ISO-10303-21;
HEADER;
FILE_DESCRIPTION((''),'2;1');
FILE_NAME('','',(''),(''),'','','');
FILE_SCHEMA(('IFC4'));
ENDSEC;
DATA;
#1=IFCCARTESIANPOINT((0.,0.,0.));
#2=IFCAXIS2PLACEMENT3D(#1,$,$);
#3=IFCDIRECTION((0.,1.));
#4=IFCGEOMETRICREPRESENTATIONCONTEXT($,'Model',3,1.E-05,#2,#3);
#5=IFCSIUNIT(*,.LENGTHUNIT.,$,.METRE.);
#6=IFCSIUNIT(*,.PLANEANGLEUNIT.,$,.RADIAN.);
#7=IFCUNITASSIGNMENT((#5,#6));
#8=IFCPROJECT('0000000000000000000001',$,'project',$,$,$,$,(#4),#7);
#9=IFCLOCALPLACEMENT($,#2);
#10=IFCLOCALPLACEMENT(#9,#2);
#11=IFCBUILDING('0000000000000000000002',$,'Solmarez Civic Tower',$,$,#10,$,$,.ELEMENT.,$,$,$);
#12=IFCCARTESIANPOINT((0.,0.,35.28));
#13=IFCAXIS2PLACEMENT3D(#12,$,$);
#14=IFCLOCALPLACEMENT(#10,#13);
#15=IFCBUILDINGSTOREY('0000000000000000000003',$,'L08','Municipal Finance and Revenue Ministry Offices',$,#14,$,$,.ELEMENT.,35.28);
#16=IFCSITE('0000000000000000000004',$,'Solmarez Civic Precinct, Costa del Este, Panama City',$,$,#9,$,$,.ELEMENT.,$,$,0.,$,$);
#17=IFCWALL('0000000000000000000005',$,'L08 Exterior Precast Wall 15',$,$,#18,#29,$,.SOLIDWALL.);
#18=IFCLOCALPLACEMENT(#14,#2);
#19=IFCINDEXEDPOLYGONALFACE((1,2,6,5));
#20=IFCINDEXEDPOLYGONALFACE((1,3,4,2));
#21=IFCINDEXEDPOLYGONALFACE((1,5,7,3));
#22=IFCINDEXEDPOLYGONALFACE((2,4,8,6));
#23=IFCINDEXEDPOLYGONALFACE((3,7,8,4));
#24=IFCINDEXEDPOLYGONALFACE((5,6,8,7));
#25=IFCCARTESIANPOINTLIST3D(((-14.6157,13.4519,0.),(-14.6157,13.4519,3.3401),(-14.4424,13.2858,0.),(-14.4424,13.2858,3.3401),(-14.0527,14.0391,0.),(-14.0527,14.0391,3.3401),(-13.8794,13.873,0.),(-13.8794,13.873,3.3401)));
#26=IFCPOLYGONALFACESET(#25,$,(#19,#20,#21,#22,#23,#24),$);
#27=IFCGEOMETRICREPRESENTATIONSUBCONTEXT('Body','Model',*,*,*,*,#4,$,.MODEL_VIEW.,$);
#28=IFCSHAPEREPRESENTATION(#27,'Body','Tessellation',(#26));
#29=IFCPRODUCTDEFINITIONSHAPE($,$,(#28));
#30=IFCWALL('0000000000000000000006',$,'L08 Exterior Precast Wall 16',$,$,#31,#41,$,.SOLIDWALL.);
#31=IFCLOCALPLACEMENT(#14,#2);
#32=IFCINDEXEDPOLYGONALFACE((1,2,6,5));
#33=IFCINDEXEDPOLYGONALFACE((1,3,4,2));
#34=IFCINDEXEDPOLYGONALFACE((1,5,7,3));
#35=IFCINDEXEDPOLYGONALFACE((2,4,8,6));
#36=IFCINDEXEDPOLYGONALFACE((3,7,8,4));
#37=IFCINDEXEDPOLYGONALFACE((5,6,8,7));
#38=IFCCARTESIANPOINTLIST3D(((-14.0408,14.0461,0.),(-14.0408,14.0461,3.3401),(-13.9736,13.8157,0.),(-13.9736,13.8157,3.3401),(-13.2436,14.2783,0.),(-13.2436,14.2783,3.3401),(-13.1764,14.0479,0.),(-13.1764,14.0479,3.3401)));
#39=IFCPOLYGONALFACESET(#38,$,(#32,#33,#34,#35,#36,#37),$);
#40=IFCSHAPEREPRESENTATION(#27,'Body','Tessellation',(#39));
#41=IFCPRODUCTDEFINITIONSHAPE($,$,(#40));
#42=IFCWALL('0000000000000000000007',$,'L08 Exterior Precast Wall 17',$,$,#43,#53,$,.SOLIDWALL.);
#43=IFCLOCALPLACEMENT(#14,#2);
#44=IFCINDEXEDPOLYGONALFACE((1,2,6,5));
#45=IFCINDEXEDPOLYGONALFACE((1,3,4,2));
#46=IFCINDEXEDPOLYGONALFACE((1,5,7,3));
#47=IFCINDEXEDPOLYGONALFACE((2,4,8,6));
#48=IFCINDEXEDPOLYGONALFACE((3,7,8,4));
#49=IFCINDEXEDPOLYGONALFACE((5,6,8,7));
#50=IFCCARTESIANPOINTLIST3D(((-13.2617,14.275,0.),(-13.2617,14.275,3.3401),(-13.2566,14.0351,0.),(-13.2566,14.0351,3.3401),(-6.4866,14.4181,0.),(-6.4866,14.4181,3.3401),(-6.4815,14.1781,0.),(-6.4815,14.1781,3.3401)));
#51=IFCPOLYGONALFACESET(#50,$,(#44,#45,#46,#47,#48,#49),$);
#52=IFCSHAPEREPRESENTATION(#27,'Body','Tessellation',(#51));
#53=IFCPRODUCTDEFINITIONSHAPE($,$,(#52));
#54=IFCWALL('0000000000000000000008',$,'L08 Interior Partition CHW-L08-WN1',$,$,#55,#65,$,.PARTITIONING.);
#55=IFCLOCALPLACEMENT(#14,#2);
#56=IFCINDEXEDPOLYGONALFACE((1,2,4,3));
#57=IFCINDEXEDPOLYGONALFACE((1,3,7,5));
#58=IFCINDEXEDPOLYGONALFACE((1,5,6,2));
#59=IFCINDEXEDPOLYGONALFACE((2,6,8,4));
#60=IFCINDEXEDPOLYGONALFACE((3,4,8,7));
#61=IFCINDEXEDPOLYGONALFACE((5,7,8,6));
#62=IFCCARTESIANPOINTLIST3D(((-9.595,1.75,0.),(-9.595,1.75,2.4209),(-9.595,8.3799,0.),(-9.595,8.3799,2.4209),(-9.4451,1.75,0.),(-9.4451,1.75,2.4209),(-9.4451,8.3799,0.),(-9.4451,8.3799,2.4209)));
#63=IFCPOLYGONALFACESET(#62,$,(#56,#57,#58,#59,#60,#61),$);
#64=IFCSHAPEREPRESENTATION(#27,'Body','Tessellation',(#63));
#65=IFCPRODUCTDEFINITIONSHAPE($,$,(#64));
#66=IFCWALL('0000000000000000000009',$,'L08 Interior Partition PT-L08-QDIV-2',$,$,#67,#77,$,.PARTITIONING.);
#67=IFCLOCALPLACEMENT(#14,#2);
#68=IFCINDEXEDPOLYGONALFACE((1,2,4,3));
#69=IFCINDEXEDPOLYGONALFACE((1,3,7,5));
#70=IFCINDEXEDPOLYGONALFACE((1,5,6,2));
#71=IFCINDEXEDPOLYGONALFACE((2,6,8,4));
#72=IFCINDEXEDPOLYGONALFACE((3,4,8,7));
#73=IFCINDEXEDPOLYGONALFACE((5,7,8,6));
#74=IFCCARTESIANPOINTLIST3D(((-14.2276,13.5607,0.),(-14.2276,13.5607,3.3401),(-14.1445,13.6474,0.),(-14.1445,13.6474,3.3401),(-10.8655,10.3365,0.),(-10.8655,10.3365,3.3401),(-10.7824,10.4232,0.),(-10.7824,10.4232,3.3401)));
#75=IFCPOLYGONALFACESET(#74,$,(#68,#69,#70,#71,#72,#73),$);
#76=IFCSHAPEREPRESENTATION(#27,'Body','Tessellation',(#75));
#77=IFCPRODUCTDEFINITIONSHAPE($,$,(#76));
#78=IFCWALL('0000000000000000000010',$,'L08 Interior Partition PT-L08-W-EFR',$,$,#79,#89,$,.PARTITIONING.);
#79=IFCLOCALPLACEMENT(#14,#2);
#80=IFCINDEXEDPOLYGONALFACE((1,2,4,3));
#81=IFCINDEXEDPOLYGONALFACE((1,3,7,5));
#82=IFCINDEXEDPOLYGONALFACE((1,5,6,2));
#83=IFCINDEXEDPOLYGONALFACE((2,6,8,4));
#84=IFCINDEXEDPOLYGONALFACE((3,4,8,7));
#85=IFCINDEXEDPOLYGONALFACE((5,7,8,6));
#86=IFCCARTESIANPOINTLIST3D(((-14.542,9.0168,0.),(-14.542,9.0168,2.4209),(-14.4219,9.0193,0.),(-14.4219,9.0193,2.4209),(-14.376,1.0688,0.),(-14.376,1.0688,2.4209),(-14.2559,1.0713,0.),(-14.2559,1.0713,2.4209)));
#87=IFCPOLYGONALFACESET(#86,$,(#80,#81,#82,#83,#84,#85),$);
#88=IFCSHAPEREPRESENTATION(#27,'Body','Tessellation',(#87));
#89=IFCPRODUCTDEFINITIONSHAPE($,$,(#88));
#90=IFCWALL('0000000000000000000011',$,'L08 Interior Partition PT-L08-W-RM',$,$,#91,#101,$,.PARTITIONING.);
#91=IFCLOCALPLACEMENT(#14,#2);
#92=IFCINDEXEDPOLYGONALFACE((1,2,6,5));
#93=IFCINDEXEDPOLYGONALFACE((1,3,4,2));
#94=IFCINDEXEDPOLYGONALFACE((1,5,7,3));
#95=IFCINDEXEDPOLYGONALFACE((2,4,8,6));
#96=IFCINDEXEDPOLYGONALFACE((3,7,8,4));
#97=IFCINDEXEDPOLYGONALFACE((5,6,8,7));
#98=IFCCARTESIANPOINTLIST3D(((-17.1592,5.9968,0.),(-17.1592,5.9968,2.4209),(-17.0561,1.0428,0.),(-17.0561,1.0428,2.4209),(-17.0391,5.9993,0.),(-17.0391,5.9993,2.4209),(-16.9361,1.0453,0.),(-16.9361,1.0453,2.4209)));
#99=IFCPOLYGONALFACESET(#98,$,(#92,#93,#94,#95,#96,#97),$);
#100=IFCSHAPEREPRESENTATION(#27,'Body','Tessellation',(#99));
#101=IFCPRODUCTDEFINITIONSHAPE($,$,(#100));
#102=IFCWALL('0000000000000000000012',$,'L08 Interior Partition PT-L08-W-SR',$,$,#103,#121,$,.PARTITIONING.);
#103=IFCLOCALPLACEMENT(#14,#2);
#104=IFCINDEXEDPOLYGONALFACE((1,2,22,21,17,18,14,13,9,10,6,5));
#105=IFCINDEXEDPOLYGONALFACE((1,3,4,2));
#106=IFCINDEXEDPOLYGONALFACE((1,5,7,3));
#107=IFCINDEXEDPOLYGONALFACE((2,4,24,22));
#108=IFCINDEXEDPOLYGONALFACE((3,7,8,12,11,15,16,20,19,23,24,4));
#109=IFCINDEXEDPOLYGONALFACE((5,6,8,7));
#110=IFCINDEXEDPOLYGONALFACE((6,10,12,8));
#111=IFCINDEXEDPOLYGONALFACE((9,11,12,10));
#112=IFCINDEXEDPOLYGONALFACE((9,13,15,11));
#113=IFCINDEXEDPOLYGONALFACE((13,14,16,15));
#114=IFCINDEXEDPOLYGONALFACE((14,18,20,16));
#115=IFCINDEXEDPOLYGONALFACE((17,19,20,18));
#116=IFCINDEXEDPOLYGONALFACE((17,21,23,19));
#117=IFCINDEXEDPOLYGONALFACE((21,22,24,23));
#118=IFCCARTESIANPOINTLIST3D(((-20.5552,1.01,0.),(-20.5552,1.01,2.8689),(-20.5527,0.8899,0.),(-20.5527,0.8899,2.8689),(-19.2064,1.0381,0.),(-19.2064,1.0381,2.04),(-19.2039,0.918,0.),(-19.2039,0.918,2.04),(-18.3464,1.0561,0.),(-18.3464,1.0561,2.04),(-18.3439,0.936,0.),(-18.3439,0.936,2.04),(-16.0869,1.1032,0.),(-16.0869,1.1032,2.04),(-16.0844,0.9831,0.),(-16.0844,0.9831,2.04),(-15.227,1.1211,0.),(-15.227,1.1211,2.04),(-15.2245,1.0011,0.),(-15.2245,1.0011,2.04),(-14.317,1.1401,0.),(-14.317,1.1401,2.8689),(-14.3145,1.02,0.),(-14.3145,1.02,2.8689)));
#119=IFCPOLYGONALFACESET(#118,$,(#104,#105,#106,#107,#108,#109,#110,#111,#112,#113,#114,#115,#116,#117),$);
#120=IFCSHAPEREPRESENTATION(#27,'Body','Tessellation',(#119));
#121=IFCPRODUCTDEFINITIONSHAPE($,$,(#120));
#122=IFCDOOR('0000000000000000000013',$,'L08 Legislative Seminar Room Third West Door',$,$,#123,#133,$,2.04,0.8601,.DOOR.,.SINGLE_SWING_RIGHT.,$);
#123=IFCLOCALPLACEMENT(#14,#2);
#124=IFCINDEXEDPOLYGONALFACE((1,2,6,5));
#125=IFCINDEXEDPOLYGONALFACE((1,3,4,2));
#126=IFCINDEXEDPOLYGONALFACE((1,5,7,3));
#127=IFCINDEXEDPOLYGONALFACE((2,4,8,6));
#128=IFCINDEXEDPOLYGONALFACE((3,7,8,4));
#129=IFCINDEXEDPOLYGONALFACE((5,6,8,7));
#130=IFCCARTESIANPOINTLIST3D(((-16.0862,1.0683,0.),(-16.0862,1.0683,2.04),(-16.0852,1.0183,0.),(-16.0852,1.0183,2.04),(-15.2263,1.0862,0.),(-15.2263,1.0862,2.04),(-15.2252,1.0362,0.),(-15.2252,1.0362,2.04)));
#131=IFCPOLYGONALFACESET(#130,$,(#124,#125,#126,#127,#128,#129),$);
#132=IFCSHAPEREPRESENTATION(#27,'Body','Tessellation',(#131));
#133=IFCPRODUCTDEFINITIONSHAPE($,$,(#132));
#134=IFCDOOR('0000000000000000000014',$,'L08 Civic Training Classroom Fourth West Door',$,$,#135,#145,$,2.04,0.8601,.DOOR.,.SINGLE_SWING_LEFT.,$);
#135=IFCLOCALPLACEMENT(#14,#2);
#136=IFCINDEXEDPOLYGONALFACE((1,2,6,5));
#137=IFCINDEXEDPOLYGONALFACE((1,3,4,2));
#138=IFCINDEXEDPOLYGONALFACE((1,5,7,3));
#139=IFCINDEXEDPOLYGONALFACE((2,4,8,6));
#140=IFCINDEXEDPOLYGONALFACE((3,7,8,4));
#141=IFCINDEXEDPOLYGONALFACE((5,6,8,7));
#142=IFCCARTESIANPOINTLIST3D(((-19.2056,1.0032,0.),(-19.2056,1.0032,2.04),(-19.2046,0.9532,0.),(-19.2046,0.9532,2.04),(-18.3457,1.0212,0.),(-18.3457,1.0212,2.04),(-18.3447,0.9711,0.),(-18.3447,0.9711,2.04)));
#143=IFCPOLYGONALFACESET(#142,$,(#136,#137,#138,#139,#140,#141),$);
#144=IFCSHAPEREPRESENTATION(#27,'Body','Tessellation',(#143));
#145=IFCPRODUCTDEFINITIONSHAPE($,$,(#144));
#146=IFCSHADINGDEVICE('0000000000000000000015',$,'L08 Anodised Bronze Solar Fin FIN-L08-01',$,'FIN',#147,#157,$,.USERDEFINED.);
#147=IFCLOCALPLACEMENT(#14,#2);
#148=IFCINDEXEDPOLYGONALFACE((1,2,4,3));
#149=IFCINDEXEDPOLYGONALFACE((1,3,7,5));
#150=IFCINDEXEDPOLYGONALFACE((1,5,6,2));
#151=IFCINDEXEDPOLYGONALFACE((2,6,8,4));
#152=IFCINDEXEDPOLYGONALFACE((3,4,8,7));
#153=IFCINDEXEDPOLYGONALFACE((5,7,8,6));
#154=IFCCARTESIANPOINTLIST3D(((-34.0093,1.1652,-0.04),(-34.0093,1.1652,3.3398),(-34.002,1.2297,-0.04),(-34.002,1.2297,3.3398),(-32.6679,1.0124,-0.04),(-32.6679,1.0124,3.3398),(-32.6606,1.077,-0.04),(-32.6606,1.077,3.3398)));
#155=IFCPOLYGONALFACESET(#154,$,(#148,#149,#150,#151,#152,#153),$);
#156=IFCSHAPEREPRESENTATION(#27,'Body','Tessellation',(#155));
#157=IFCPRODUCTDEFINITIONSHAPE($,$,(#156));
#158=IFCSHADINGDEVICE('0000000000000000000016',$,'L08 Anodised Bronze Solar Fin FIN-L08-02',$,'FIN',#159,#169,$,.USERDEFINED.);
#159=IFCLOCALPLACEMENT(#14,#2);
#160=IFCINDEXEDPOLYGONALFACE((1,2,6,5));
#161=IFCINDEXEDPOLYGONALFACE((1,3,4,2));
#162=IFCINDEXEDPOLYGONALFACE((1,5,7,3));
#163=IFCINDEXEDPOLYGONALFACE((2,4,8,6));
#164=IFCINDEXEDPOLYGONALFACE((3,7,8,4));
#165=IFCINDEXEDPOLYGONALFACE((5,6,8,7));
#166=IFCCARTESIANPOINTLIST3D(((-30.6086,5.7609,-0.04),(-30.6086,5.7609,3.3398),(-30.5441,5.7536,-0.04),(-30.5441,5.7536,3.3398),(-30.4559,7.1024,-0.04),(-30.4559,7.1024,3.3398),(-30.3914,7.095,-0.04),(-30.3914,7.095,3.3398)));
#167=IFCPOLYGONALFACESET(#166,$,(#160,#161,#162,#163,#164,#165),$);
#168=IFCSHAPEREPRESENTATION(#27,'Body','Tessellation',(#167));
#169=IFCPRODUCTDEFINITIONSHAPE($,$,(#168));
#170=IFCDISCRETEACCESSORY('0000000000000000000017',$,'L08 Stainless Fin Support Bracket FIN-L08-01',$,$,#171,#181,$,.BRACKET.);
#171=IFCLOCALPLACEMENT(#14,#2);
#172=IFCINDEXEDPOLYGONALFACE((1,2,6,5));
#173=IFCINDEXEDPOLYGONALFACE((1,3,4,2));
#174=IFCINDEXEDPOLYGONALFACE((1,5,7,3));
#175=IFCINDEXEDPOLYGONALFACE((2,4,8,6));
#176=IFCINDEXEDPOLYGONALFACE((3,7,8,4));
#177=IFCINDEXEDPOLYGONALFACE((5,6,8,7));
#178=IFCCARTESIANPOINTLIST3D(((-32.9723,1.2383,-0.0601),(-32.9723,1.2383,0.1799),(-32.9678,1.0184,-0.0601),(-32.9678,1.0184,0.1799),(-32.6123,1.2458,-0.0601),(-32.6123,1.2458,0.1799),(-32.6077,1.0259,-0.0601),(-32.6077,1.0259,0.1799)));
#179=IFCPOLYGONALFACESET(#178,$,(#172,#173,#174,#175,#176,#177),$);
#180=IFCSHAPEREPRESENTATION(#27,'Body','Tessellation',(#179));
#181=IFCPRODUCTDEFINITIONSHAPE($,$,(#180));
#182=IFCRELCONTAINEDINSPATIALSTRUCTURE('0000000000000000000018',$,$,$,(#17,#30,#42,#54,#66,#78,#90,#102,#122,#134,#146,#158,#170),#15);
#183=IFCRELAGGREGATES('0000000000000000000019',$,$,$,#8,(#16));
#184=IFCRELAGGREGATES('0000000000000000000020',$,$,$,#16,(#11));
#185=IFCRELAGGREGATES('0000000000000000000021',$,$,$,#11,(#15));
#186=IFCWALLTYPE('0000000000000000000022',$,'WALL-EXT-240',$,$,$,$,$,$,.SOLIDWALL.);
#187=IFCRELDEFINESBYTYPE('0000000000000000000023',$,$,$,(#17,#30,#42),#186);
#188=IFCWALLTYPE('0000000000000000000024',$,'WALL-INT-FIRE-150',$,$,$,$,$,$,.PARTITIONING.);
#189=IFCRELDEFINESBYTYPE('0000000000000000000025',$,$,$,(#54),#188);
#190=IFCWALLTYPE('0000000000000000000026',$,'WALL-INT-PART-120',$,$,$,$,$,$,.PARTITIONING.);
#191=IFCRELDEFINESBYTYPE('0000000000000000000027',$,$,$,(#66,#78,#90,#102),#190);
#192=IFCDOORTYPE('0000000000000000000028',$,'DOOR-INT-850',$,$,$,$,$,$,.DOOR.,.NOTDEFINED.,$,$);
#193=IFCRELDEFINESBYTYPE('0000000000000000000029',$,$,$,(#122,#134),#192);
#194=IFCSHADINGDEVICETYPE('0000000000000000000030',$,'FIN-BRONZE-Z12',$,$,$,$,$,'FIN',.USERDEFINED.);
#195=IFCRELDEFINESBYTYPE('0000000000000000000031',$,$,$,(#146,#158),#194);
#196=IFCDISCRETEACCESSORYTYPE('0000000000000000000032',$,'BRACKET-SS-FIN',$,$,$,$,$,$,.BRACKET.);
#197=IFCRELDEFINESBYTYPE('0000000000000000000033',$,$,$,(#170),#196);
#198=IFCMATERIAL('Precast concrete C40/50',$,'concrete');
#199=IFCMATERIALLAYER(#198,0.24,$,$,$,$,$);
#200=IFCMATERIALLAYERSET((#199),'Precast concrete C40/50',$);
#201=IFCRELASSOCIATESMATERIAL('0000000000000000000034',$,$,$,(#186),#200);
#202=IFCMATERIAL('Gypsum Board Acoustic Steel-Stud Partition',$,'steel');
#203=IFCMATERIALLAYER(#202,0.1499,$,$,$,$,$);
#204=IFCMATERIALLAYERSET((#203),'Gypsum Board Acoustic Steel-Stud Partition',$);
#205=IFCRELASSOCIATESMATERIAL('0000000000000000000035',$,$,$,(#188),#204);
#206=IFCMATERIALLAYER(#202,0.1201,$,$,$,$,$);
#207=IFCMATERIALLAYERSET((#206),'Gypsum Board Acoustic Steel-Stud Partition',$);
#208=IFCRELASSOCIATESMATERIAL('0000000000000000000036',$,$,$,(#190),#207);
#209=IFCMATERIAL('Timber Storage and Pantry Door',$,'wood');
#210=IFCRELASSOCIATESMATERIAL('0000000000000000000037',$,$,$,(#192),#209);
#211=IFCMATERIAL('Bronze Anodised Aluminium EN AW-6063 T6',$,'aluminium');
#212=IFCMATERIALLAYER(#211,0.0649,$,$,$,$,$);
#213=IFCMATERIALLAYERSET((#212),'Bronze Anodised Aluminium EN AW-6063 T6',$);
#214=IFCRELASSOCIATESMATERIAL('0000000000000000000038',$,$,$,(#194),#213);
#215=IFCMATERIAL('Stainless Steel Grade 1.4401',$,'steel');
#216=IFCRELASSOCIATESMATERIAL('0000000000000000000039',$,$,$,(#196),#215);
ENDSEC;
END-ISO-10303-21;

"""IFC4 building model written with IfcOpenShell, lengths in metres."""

from ifc_helpers import new_model, si_unit, direction, frame, frame_2d, origin, origin_2d, place, context, subcontext, project, spatial, rectangle, extrude, material, layer, layer_set, type_object, element, fill, save


model = new_model("IFC4")

# Units and contexts
model_context = context("Model", 3, precision=1e-05, world=origin(), true_north=direction((0.0, 1.0)))
body_context = subcontext(model_context, "Body", "Model", "MODEL_VIEW")
ifc_project = project(units=[si_unit("LENGTHUNIT", "METRE"), si_unit("PLANEANGLEUNIT", "RADIAN")], contexts=[model_context])

# Site, building, storey
site_placement = place(None, origin())
site = spatial("IfcSite", under=ifc_project, at=site_placement, Name="Solmarez Civic Precinct, Costa del Este, Panama City", CompositionType="ELEMENT", RefElevation=0.0)
building_placement = place(site_placement, origin())
building = spatial("IfcBuilding", under=site, at=building_placement, Name="Solmarez Civic Tower", CompositionType="ELEMENT")
storey_placement = place(building_placement, frame((0.0, 0.0, 35.28)))
storey = spatial("IfcBuildingStorey", under=building, at=storey_placement, Name="L08", Description="Municipal Finance and Revenue Ministry Offices", CompositionType="ELEMENT", Elevation=35.28)

# Shared definitions
ifc_material_1 = material(Name="Precast concrete C40/50", Category="concrete")
ifc_layer_1 = layer(ifc_material_1, 0.24)
ifc_layer_set_1 = layer_set([ifc_layer_1], Name="Precast concrete C40/50")
wall_type_1 = type_object("IfcWallType", Name="WALL-EXT-240", PredefinedType="SOLIDWALL", material=ifc_layer_set_1)

# Walls
wall_1_placement = place(storey_placement, frame((-14.5291, 13.3689, 0.0), z_axis=(0.0, 0.0, 1.0), x_axis=(0.692094, 0.721807, 0.0)))
element("IfcWall", 1, at=wall_1_placement, inside=storey, type_object=wall_type_1, Name="L08 Exterior Precast Wall 15", PredefinedType="SOLIDWALL", context=body_context, shape_type="SweptSolid", body=[
    extrude(rectangle(XDim=0.8135, YDim=0.24, at=frame_2d((0.4067, 0.0))), origin(), (0.0, 0.0, 1.0), 3.3401),
])
wall_2_placement = place(storey_placement, frame((-14.0071, 13.9309, 0.0), z_axis=(0.0, 0.0, 1.0), x_axis=(0.960102, 0.27965, 0.0)))
element("IfcWall", 2, at=wall_2_placement, inside=storey, type_object=wall_type_1, Name="L08 Exterior Precast Wall 16", PredefinedType="SOLIDWALL", context=body_context, shape_type="SweptSolid", body=[
    extrude(rectangle(XDim=0.8303, YDim=0.24, at=frame_2d((0.415, 0.0))), origin(), (0.0, 0.0, 1.0), 3.3401),
])
wall_3_placement = place(storey_placement, frame((-13.259, 14.155, 0.0), z_axis=(0.0, 0.0, 1.0), x_axis=(0.999777, 0.021112, 0.0)))
element("IfcWall", 3, at=wall_3_placement, inside=storey, type_object=wall_type_1, Name="L08 Exterior Precast Wall 17", PredefinedType="SOLIDWALL", context=body_context, shape_type="SweptSolid", body=[
    extrude(rectangle(XDim=6.7766, YDim=0.24, at=frame_2d((3.3882, 0.0))), origin(), (0.0, 0.0, 1.0), 3.3401),
])
ifc_material_2 = material(Name="Gypsum Board Acoustic Steel-Stud Partition", Category="steel")
ifc_layer_2 = layer(ifc_material_2, 0.1499)
ifc_layer_set_2 = layer_set([ifc_layer_2], Name="Gypsum Board Acoustic Steel-Stud Partition")
wall_type_2 = type_object("IfcWallType", Name="WALL-INT-FIRE-150", PredefinedType="PARTITIONING", material=ifc_layer_set_2)
wall_4_placement = place(storey_placement, frame((-9.52, 1.75, 0.0), z_axis=(0.0, 0.0, 1.0), x_axis=(0.0, 1.0, 0.0)))
element("IfcWall", 4, at=wall_4_placement, inside=storey, type_object=wall_type_2, Name="L08 Interior Partition CHW-L08-WN1", PredefinedType="PARTITIONING", context=body_context, shape_type="SweptSolid", body=[
    extrude(rectangle(XDim=6.6299, YDim=0.1499, at=frame_2d((3.3149, 0.0))), origin(), (0.0, 0.0, 1.0), 2.4209),
])
ifc_layer_3 = layer(ifc_material_2, 0.1201)
ifc_layer_set_3 = layer_set([ifc_layer_3], Name="Gypsum Board Acoustic Steel-Stud Partition")
wall_type_3 = type_object("IfcWallType", Name="WALL-INT-PART-120", PredefinedType="PARTITIONING", material=ifc_layer_set_3)
wall_5_placement = place(storey_placement, frame((-10.824, 10.3799, 0.0), z_axis=(0.0, 0.0, 1.0), x_axis=(-0.721758, 0.692146, 0.0)))
element("IfcWall", 5, at=wall_5_placement, inside=storey, type_object=wall_type_3, Name="L08 Interior Partition PT-L08-QDIV-2", PredefinedType="PARTITIONING", context=body_context, shape_type="SweptSolid", body=[
    extrude(rectangle(XDim=4.6582, YDim=0.1201, at=frame_2d((2.3291, 0.0))), origin(), (0.0, 0.0, 1.0), 3.3401),
])
wall_6_placement = place(storey_placement, frame((-14.4819, 9.0181, 0.0), z_axis=(0.0, 0.0, 1.0), x_axis=(0.020883, -0.999782, 0.0)))
element("IfcWall", 6, at=wall_6_placement, inside=storey, type_object=wall_type_3, Name="L08 Interior Partition PT-L08-W-EFR", PredefinedType="PARTITIONING", context=body_context, shape_type="SweptSolid", body=[
    extrude(rectangle(XDim=7.9497, YDim=0.1201, at=frame_2d((3.9749, 0.0))), origin(), (0.0, 0.0, 1.0), 2.4209),
])
wall_7_placement = place(storey_placement, frame((-17.0991, 5.998, 0.0), z_axis=(0.0, 0.0, 1.0), x_axis=(0.020792, -0.999784, 0.0)))
element("IfcWall", 7, at=wall_7_placement, inside=storey, type_object=wall_type_3, Name="L08 Interior Partition PT-L08-W-RM", PredefinedType="PARTITIONING", context=body_context, shape_type="SweptSolid", body=[
    extrude(rectangle(XDim=4.9551, YDim=0.1201, at=frame_2d((2.4775, 0.0))), origin(), (0.0, 0.0, 1.0), 2.4209),
])

# Wall, openings, doors
wall_8_placement = place(storey_placement, frame((-14.3159, 1.0801, 0.0), z_axis=(0.0, 0.0, 1.0), x_axis=(-0.999782, -0.020856, 0.0)))
wall_8 = element("IfcWall", 8, at=wall_8_placement, inside=storey, type_object=wall_type_3, Name="L08 Interior Partition PT-L08-W-SR", PredefinedType="PARTITIONING", context=body_context, shape_type="SweptSolid", body=[
    extrude(rectangle(XDim=6.2395, YDim=0.1201, at=frame_2d((3.1196, 0.0))), origin(), (0.0, 0.0, 1.0), 2.8689),
])
opening_1_placement = place(wall_8_placement, frame((0.9099, 0.0, 0.0)))
opening_1 = element("IfcOpeningElement", 9, at=opening_1_placement, cuts=wall_8, PredefinedType="OPENING", context=body_context, shape_type="SweptSolid", body=[
    extrude(rectangle(XDim=0.8601, YDim=2.04, at=frame_2d((0.4302, 1.02))), frame((0.0, 0.0701, 0.0), z_axis=(0.0, -1.0, 0.0), x_axis=(1.0, 0.0, 0.0)), (0.0, 0.0, 1.0), 0.1401),
])
opening_2_placement = place(wall_8_placement, frame((4.03, 0.0, 0.0)))
opening_2 = element("IfcOpeningElement", 10, at=opening_2_placement, cuts=wall_8, PredefinedType="OPENING", context=body_context, shape_type="SweptSolid", body=[
    extrude(rectangle(XDim=0.8601, YDim=2.04, at=frame_2d((0.4302, 1.02))), frame((0.0, 0.0701, 0.0), z_axis=(0.0, -1.0, 0.0), x_axis=(1.0, 0.0, 0.0)), (0.0, 0.0, 1.0), 0.1401),
])
ifc_material_3 = material(Name="Timber Storage and Pantry Door", Category="wood")
door_type = type_object("IfcDoorType", Name="DOOR-INT-850", OperationType="NOTDEFINED", PredefinedType="DOOR", material=ifc_material_3)
door_1_placement = place(opening_1_placement, origin())
door_1 = element("IfcDoor", 11, at=door_1_placement, inside=storey, type_object=door_type, Name="L08 Legislative Seminar Room Third West Door", OperationType="SINGLE_SWING_RIGHT", OverallHeight=2.04, OverallWidth=0.8601, PredefinedType="DOOR", context=body_context, shape_type="SweptSolid", body=[
    extrude(rectangle(XDim=0.8601, YDim=2.04, at=frame_2d((0.4302, 1.02))), frame((0.0, 0.0249, 0.0), z_axis=(0.0, -1.0, 0.0), x_axis=(1.0, 0.0, 0.0)), (0.0, 0.0, 1.0), 0.05),
])
fill(opening_1, door_1)
door_2_placement = place(opening_2_placement, origin())
door_2 = element("IfcDoor", 12, at=door_2_placement, inside=storey, type_object=door_type, Name="L08 Civic Training Classroom Fourth West Door", OperationType="SINGLE_SWING_LEFT", OverallHeight=2.04, OverallWidth=0.8601, PredefinedType="DOOR", context=body_context, shape_type="SweptSolid", body=[
    extrude(rectangle(XDim=0.8601, YDim=2.04, at=frame_2d((0.4302, 1.02))), frame((0.0, 0.0249, 0.0), z_axis=(0.0, -1.0, 0.0), x_axis=(1.0, 0.0, 0.0)), (0.0, 0.0, 1.0), 0.05),
])
fill(opening_2, door_2)

# Shading devices
ifc_material_4 = material(Name="Bronze Anodised Aluminium EN AW-6063 T6", Category="aluminium")
ifc_layer_4 = layer(ifc_material_4, 0.0649)
ifc_layer_set_4 = layer_set([ifc_layer_4], Name="Bronze Anodised Aluminium EN AW-6063 T6")
shading_device_type = type_object("IfcShadingDeviceType", Name="FIN-BRONZE-Z12", ElementType="FIN", PredefinedType="USERDEFINED", material=ifc_layer_set_4)
for number, where, z_axis, x_axis, name in (
    (13, (-33.335, 1.1211, -0.04), (0.0, 0.0, 1.0), (-0.993578, 0.113151, 0.0), "L08 Anodised Bronze Solar Fin FIN-L08-01"),
    (14, (-30.5, 6.428, -0.04), (0.0, 0.0, 1.0), (0.113082, 0.993586, 0.0), "L08 Anodised Bronze Solar Fin FIN-L08-02"),
):
    element("IfcShadingDevice", number, at=place(storey_placement, frame(where, z_axis=z_axis, x_axis=x_axis)), inside=storey, type_object=shading_device_type, Name=name, ObjectType="FIN", PredefinedType="USERDEFINED", context=body_context, shape_type="SweptSolid", body=[
        extrude(rectangle(XDim=1.3501, YDim=0.0649, at=origin_2d()), origin(), (0.0, 0.0, 1.0), 3.3799),
    ])

# Discrete accessory
ifc_material_5 = material(Name="Stainless Steel Grade 1.4401", Category="steel")
discrete_accessory_type = type_object("IfcDiscreteAccessoryType", Name="BRACKET-SS-FIN", PredefinedType="BRACKET", material=ifc_material_5)
for number, where, z_axis, x_axis, name in (
    (15, (-32.79, 1.1321, -0.0601), (0.0, 0.0, 1.0), (-0.999782, -0.020865, 0.0), "L08 Stainless Fin Support Bracket FIN-L08-01"),
):
    element("IfcDiscreteAccessory", number, at=place(storey_placement, frame(where, z_axis=z_axis, x_axis=x_axis)), inside=storey, type_object=discrete_accessory_type, Name=name, PredefinedType="BRACKET", context=body_context, shape_type="SweptSolid", body=[
        extrude(rectangle(XDim=0.3601, YDim=0.22, at=origin_2d()), origin(), (0.0, 0.0, 1.0), 0.24),
    ])

save(model, "model.ifc")
